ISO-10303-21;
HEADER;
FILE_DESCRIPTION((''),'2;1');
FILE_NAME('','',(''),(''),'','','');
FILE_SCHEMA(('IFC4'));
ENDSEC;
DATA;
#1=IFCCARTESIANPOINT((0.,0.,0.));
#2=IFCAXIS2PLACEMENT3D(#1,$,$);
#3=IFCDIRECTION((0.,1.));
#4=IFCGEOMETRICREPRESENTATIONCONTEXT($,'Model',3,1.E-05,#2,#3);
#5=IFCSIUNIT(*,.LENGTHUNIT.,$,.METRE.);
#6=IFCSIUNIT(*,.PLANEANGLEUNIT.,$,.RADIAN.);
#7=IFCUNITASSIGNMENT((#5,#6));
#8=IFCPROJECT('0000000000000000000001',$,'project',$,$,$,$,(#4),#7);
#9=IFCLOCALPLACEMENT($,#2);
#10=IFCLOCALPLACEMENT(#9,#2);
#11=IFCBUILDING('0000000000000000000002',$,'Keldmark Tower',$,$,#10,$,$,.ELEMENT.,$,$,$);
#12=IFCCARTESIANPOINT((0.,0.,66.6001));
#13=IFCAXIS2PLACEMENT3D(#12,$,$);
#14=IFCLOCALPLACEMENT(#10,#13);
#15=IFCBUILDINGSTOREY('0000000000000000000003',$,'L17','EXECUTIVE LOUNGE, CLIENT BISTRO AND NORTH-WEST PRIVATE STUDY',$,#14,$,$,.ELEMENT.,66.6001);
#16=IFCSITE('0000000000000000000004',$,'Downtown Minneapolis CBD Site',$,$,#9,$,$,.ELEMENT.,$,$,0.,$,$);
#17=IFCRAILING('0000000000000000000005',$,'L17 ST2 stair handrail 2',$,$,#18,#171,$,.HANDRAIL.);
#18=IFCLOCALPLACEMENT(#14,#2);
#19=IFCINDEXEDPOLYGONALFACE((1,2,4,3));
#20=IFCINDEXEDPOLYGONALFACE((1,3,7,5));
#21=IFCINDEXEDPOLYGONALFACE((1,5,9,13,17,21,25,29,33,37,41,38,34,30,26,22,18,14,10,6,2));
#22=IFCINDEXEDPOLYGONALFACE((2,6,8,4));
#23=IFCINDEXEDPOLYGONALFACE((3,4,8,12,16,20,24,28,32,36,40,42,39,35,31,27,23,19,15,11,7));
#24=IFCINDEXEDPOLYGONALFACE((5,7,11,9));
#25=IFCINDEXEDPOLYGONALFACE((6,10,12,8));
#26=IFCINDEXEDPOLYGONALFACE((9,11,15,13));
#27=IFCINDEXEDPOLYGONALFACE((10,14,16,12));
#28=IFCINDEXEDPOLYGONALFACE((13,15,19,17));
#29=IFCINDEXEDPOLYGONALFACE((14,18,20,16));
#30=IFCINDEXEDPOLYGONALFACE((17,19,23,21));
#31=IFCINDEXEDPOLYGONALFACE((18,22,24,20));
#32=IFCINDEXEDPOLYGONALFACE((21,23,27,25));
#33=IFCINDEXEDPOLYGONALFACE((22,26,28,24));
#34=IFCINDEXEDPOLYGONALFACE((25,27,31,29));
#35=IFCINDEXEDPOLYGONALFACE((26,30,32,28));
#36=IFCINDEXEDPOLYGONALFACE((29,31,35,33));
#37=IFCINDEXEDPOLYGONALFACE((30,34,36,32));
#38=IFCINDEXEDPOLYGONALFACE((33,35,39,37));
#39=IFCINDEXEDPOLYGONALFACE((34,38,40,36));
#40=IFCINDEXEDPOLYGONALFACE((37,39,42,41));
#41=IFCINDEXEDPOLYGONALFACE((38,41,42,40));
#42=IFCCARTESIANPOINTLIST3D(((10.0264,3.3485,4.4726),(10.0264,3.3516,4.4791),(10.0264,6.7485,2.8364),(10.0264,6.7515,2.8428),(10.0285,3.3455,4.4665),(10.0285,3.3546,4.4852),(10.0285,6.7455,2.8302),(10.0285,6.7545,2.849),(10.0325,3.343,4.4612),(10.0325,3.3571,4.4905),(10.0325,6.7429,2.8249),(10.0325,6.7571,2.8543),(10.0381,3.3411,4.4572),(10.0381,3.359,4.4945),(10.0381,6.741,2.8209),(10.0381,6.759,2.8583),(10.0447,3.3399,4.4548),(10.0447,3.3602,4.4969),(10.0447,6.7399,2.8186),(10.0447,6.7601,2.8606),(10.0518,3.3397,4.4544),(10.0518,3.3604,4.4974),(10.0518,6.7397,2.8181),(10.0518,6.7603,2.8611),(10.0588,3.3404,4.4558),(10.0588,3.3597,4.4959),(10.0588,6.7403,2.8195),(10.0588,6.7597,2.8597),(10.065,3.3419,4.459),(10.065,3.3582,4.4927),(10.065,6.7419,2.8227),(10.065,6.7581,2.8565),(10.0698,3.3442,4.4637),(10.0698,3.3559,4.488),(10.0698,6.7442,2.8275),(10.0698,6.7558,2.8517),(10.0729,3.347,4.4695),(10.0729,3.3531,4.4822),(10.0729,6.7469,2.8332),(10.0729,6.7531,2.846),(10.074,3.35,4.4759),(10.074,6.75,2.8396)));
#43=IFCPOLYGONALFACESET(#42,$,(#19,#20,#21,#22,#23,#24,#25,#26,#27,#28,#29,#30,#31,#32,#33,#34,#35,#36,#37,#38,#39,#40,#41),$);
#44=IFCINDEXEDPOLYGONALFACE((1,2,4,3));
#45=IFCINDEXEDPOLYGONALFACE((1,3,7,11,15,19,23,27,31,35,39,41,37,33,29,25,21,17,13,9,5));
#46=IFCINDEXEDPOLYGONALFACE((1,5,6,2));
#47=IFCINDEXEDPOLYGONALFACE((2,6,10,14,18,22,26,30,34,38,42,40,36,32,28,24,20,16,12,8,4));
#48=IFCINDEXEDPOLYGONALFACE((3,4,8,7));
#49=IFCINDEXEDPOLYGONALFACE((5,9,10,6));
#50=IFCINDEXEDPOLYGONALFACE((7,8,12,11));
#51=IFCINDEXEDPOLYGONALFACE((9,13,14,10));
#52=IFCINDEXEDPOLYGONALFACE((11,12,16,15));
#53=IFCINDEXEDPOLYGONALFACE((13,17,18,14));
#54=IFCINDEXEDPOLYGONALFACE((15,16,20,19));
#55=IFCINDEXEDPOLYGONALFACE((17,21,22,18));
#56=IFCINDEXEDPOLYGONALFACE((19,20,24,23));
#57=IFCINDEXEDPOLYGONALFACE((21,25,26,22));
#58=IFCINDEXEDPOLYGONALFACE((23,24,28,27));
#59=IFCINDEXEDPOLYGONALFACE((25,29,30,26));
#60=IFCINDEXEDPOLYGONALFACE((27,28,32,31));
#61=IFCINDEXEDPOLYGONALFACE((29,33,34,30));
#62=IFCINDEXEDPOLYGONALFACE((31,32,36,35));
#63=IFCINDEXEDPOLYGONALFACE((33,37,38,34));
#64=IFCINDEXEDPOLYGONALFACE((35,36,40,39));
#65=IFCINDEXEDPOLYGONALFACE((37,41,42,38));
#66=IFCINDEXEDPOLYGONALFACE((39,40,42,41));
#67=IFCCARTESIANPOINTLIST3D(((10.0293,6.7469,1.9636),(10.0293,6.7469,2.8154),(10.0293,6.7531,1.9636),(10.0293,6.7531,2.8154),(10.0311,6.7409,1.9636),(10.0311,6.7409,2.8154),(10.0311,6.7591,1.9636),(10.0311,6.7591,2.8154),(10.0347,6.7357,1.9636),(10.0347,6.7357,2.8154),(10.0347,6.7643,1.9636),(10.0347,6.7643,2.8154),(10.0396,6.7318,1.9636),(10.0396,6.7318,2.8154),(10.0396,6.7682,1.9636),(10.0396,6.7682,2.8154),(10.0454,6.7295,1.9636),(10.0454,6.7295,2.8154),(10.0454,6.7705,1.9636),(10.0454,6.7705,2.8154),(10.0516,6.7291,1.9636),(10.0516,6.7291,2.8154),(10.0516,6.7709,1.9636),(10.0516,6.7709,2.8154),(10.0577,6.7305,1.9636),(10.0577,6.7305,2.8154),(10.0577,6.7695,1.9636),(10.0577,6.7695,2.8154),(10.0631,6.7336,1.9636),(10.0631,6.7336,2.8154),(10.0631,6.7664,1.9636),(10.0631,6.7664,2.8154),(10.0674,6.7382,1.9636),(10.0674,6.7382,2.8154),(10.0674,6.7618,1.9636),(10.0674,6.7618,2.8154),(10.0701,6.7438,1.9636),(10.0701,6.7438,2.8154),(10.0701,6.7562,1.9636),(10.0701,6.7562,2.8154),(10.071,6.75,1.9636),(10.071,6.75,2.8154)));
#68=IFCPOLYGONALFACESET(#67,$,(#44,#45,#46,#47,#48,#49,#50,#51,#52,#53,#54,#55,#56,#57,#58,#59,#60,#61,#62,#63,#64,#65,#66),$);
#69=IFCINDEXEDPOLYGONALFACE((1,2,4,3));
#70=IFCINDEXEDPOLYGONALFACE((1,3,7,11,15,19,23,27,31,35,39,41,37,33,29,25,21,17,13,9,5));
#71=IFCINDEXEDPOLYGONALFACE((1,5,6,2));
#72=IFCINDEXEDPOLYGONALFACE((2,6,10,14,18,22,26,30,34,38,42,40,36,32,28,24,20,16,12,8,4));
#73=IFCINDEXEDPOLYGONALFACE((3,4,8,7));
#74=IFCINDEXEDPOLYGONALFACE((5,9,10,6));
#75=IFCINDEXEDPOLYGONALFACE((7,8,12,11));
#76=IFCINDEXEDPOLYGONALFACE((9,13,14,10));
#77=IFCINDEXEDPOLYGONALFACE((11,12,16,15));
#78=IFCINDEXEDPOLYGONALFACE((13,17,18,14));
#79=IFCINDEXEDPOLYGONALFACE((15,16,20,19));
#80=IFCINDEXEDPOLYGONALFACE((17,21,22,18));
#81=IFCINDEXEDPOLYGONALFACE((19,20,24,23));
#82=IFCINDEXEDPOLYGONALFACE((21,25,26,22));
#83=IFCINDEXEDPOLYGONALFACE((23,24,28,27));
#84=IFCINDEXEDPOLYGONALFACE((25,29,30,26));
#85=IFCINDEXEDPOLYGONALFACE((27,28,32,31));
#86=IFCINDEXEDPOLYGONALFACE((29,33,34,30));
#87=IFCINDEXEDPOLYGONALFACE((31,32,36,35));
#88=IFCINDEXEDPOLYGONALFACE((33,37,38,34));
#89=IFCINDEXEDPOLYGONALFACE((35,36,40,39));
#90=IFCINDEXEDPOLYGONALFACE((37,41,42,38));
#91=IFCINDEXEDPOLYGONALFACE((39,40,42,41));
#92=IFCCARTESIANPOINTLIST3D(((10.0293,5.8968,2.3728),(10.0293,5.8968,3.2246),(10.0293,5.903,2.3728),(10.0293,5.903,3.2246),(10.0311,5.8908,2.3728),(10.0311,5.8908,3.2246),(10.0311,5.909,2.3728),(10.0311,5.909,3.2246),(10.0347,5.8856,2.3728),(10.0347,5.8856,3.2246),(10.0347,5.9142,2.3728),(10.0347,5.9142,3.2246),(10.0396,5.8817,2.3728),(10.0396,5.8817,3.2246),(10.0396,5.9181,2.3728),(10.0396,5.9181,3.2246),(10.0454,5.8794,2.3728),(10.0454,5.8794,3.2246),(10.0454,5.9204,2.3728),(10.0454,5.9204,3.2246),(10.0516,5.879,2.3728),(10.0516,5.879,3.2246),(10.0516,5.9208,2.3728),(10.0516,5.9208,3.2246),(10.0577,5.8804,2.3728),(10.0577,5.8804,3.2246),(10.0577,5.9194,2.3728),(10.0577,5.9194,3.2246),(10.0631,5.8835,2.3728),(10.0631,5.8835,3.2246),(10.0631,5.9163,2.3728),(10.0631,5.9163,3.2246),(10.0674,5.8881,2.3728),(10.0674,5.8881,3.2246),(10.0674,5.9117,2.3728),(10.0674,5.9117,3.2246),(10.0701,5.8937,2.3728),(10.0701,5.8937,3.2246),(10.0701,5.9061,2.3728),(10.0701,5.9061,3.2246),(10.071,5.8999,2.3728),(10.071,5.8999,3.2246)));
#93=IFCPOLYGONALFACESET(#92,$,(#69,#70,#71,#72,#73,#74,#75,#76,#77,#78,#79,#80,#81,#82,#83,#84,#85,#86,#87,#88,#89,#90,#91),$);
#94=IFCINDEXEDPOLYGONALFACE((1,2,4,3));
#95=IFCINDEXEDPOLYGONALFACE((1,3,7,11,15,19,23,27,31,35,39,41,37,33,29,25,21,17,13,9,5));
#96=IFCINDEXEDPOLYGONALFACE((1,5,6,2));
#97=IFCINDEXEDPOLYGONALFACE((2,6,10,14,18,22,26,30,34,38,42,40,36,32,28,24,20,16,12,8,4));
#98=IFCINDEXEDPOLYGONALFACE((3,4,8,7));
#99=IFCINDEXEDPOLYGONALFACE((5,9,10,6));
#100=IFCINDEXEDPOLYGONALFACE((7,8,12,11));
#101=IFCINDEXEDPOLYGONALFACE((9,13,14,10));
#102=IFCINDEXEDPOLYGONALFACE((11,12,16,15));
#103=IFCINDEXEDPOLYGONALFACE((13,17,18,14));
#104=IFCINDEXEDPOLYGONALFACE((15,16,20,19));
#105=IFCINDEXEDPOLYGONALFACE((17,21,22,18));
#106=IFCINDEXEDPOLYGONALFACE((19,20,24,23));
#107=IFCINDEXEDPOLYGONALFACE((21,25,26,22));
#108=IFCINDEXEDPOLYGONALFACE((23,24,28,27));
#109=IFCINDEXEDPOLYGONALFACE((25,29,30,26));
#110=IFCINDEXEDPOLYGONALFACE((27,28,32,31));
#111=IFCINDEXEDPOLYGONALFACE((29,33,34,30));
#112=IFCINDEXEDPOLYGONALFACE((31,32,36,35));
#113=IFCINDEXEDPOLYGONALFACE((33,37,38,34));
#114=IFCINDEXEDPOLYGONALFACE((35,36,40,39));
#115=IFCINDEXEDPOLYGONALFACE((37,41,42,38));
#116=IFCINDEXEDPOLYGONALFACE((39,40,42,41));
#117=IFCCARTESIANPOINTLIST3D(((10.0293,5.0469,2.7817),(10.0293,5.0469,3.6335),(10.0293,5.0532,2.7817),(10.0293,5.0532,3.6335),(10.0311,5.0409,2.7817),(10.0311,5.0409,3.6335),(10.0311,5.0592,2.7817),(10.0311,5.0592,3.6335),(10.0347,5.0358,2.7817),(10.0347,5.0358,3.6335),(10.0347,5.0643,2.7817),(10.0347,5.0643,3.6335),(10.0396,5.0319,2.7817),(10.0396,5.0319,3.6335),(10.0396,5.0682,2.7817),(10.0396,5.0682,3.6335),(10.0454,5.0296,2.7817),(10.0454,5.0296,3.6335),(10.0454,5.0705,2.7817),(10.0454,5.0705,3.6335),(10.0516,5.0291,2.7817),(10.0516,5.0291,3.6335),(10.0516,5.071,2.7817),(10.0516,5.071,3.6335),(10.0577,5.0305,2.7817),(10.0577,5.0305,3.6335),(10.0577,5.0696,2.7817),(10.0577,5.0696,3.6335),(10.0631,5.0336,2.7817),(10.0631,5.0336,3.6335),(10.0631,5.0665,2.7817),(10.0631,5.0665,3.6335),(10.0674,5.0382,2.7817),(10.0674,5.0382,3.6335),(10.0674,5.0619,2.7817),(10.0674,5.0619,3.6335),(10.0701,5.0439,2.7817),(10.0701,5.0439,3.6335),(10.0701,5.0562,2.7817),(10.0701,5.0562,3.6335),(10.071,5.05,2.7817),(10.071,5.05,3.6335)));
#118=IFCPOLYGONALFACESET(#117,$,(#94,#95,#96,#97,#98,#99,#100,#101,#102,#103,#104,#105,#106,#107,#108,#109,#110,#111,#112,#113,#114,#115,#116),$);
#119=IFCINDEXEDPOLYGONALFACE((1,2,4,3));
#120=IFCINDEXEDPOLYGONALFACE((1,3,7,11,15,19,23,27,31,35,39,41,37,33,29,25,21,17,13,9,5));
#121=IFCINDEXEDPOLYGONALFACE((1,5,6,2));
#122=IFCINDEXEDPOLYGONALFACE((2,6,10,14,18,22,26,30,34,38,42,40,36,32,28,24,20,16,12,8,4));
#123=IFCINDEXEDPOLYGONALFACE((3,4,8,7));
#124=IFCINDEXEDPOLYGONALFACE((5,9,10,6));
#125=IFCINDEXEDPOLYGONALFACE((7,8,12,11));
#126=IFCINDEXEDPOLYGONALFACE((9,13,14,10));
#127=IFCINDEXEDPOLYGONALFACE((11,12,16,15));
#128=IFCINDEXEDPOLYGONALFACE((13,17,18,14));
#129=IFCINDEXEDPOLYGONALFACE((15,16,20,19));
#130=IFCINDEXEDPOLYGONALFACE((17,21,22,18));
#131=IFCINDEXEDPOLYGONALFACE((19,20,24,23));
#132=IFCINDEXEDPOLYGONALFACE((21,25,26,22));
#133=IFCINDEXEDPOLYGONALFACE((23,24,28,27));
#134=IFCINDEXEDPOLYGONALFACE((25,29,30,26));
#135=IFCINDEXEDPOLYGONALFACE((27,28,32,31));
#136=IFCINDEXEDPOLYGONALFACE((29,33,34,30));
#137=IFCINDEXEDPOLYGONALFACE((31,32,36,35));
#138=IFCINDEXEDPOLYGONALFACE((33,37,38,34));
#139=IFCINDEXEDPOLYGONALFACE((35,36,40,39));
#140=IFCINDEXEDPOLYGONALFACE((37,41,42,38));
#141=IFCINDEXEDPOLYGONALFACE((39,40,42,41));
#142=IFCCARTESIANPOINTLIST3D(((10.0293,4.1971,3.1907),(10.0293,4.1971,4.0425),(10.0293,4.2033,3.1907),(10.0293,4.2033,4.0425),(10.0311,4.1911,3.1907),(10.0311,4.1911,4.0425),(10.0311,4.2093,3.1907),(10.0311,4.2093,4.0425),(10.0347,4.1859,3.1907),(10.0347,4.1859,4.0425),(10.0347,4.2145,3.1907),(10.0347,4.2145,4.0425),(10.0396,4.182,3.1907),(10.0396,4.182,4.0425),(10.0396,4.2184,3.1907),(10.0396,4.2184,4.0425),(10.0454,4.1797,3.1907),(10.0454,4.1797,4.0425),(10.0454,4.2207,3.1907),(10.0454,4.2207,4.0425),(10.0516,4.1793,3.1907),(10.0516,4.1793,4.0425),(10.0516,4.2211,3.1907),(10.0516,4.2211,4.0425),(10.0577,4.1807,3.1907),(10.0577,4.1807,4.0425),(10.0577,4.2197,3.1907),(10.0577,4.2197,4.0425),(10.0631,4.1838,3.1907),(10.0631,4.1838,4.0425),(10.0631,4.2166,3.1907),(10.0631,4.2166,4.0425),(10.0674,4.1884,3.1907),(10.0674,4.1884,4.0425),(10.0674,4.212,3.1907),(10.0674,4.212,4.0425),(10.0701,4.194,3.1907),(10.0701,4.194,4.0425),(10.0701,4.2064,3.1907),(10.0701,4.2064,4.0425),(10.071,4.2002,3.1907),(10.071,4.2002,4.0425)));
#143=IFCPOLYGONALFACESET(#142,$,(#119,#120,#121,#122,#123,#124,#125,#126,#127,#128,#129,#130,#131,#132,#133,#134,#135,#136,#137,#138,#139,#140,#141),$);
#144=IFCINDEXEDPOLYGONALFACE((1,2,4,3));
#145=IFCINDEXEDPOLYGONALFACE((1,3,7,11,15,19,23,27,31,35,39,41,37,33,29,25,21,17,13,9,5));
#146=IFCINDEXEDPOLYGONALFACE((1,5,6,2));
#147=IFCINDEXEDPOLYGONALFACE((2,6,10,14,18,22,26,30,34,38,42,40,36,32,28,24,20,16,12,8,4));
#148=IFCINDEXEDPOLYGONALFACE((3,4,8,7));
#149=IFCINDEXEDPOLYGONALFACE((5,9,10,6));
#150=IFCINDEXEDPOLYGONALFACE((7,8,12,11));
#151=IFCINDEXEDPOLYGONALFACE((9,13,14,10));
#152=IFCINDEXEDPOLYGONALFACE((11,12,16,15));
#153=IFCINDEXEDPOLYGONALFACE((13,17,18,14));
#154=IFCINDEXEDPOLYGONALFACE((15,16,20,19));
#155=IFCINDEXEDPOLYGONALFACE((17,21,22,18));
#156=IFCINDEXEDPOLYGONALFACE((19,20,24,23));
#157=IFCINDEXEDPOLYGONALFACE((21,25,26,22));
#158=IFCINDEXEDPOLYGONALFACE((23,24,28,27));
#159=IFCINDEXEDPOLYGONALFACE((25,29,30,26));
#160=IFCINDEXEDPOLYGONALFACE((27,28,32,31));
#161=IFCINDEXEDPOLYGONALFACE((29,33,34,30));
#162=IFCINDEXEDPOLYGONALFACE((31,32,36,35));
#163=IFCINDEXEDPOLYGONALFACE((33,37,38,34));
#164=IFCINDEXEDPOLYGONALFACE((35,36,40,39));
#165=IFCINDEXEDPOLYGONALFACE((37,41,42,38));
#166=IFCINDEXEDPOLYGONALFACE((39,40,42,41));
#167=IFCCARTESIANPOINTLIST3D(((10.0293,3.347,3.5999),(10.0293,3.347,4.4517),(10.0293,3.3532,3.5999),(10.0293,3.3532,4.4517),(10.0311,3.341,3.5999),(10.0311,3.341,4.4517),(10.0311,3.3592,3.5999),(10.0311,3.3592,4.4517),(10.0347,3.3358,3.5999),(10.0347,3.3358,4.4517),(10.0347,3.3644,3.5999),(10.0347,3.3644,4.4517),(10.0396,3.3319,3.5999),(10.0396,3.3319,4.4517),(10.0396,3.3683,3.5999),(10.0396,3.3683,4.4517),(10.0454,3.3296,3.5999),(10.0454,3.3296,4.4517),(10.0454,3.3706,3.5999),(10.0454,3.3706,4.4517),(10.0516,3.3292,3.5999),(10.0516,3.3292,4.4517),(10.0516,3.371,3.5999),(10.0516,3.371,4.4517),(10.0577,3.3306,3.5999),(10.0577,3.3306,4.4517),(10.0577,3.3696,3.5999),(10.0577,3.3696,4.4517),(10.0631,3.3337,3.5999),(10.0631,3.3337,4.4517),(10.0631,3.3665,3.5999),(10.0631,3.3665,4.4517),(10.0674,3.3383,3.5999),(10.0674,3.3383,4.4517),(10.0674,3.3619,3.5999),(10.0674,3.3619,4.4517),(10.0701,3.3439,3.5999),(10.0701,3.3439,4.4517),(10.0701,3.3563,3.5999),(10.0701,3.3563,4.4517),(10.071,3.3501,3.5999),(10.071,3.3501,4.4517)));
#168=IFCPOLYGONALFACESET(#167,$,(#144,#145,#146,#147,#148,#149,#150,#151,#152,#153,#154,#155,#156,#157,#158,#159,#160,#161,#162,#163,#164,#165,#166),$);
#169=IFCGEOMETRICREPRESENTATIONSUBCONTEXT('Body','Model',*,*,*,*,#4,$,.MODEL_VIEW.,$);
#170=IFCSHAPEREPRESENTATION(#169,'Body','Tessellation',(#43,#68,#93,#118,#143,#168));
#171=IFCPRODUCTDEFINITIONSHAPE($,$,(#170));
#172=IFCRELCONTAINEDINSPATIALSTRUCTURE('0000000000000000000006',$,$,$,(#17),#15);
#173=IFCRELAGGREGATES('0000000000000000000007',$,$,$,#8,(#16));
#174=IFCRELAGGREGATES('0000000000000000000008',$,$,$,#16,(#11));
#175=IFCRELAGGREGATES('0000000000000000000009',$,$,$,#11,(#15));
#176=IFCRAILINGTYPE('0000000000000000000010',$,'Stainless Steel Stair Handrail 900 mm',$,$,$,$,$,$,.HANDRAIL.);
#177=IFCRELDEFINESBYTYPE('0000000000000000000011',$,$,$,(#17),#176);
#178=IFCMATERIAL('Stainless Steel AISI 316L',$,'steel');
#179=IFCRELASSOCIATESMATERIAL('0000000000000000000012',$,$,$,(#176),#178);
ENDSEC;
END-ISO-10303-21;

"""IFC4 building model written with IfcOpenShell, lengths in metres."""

from ifc_helpers import new_model, si_unit, direction, frame, origin, origin_2d, place, context, subcontext, project, spatial, circle, extrude, material, type_object, element, save


model = new_model("IFC4")

# Units and contexts
model_context = context("Model", 3, precision=1e-05, world=origin(), true_north=direction((0.0, 1.0)))
body_context = subcontext(model_context, "Body", "Model", "MODEL_VIEW")
ifc_project = project(units=[si_unit("LENGTHUNIT", "METRE"), si_unit("PLANEANGLEUNIT", "RADIAN")], contexts=[model_context])

# Site, building, storey
site_placement = place(None, origin())
site = spatial("IfcSite", under=ifc_project, at=site_placement, Name="Downtown Minneapolis CBD Site", CompositionType="ELEMENT", RefElevation=0.0)
building_placement = place(site_placement, origin())
building = spatial("IfcBuilding", under=site, at=building_placement, Name="Keldmark Tower", CompositionType="ELEMENT")
storey_placement = place(building_placement, frame((0.0, 0.0, 66.6001)))
storey = spatial("IfcBuildingStorey", under=building, at=storey_placement, Name="L17", Description="EXECUTIVE LOUNGE, CLIENT BISTRO AND NORTH-WEST PRIVATE STUDY", CompositionType="ELEMENT", Elevation=66.6001)

# Railing
ifc_material_1 = material(Name="Stainless Steel AISI 316L", Category="steel")
railing_type_1 = type_object("IfcRailingType", Name="Stainless Steel Stair Handrail 900 mm", PredefinedType="HANDRAIL", material=ifc_material_1)
railing_1_placement = place(storey_placement, frame((10.05, 6.75, 1.9636)))
element("IfcRailing", 1, at=railing_1_placement, inside=storey, type_object=railing_type_1, Name="L17 ST2 stair handrail 2", PredefinedType="HANDRAIL", context=body_context, shape_type="SweptSolid", body=[
    extrude(circle(Radius=0.0239, at=origin_2d()), frame((0.0, 0.0, 0.876), z_axis=(0.0, -0.90108, 0.433652), x_axis=(1.0, 0.0, 0.0)), (0.0, 0.0, 1.0), 3.7732),
    extrude(circle(Radius=0.021, at=origin_2d()), origin(), (0.0, 0.0, 1.0), 0.8518),
    extrude(circle(Radius=0.021, at=origin_2d()), frame((0.0, -0.8501, 0.4092)), (0.0, 0.0, 1.0), 0.8518),
    extrude(circle(Radius=0.021, at=origin_2d()), frame((0.0, -1.7, 0.8181)), (0.0, 0.0, 1.0), 0.8518),
    extrude(circle(Radius=0.021, at=origin_2d()), frame((0.0, -2.5498, 1.2271)), (0.0, 0.0, 1.0), 0.8518),
    extrude(circle(Radius=0.021, at=origin_2d()), frame((0.0, -3.3999, 1.6362)), (0.0, 0.0, 1.0), 0.8518),
])

save(model, "model.ifc")
